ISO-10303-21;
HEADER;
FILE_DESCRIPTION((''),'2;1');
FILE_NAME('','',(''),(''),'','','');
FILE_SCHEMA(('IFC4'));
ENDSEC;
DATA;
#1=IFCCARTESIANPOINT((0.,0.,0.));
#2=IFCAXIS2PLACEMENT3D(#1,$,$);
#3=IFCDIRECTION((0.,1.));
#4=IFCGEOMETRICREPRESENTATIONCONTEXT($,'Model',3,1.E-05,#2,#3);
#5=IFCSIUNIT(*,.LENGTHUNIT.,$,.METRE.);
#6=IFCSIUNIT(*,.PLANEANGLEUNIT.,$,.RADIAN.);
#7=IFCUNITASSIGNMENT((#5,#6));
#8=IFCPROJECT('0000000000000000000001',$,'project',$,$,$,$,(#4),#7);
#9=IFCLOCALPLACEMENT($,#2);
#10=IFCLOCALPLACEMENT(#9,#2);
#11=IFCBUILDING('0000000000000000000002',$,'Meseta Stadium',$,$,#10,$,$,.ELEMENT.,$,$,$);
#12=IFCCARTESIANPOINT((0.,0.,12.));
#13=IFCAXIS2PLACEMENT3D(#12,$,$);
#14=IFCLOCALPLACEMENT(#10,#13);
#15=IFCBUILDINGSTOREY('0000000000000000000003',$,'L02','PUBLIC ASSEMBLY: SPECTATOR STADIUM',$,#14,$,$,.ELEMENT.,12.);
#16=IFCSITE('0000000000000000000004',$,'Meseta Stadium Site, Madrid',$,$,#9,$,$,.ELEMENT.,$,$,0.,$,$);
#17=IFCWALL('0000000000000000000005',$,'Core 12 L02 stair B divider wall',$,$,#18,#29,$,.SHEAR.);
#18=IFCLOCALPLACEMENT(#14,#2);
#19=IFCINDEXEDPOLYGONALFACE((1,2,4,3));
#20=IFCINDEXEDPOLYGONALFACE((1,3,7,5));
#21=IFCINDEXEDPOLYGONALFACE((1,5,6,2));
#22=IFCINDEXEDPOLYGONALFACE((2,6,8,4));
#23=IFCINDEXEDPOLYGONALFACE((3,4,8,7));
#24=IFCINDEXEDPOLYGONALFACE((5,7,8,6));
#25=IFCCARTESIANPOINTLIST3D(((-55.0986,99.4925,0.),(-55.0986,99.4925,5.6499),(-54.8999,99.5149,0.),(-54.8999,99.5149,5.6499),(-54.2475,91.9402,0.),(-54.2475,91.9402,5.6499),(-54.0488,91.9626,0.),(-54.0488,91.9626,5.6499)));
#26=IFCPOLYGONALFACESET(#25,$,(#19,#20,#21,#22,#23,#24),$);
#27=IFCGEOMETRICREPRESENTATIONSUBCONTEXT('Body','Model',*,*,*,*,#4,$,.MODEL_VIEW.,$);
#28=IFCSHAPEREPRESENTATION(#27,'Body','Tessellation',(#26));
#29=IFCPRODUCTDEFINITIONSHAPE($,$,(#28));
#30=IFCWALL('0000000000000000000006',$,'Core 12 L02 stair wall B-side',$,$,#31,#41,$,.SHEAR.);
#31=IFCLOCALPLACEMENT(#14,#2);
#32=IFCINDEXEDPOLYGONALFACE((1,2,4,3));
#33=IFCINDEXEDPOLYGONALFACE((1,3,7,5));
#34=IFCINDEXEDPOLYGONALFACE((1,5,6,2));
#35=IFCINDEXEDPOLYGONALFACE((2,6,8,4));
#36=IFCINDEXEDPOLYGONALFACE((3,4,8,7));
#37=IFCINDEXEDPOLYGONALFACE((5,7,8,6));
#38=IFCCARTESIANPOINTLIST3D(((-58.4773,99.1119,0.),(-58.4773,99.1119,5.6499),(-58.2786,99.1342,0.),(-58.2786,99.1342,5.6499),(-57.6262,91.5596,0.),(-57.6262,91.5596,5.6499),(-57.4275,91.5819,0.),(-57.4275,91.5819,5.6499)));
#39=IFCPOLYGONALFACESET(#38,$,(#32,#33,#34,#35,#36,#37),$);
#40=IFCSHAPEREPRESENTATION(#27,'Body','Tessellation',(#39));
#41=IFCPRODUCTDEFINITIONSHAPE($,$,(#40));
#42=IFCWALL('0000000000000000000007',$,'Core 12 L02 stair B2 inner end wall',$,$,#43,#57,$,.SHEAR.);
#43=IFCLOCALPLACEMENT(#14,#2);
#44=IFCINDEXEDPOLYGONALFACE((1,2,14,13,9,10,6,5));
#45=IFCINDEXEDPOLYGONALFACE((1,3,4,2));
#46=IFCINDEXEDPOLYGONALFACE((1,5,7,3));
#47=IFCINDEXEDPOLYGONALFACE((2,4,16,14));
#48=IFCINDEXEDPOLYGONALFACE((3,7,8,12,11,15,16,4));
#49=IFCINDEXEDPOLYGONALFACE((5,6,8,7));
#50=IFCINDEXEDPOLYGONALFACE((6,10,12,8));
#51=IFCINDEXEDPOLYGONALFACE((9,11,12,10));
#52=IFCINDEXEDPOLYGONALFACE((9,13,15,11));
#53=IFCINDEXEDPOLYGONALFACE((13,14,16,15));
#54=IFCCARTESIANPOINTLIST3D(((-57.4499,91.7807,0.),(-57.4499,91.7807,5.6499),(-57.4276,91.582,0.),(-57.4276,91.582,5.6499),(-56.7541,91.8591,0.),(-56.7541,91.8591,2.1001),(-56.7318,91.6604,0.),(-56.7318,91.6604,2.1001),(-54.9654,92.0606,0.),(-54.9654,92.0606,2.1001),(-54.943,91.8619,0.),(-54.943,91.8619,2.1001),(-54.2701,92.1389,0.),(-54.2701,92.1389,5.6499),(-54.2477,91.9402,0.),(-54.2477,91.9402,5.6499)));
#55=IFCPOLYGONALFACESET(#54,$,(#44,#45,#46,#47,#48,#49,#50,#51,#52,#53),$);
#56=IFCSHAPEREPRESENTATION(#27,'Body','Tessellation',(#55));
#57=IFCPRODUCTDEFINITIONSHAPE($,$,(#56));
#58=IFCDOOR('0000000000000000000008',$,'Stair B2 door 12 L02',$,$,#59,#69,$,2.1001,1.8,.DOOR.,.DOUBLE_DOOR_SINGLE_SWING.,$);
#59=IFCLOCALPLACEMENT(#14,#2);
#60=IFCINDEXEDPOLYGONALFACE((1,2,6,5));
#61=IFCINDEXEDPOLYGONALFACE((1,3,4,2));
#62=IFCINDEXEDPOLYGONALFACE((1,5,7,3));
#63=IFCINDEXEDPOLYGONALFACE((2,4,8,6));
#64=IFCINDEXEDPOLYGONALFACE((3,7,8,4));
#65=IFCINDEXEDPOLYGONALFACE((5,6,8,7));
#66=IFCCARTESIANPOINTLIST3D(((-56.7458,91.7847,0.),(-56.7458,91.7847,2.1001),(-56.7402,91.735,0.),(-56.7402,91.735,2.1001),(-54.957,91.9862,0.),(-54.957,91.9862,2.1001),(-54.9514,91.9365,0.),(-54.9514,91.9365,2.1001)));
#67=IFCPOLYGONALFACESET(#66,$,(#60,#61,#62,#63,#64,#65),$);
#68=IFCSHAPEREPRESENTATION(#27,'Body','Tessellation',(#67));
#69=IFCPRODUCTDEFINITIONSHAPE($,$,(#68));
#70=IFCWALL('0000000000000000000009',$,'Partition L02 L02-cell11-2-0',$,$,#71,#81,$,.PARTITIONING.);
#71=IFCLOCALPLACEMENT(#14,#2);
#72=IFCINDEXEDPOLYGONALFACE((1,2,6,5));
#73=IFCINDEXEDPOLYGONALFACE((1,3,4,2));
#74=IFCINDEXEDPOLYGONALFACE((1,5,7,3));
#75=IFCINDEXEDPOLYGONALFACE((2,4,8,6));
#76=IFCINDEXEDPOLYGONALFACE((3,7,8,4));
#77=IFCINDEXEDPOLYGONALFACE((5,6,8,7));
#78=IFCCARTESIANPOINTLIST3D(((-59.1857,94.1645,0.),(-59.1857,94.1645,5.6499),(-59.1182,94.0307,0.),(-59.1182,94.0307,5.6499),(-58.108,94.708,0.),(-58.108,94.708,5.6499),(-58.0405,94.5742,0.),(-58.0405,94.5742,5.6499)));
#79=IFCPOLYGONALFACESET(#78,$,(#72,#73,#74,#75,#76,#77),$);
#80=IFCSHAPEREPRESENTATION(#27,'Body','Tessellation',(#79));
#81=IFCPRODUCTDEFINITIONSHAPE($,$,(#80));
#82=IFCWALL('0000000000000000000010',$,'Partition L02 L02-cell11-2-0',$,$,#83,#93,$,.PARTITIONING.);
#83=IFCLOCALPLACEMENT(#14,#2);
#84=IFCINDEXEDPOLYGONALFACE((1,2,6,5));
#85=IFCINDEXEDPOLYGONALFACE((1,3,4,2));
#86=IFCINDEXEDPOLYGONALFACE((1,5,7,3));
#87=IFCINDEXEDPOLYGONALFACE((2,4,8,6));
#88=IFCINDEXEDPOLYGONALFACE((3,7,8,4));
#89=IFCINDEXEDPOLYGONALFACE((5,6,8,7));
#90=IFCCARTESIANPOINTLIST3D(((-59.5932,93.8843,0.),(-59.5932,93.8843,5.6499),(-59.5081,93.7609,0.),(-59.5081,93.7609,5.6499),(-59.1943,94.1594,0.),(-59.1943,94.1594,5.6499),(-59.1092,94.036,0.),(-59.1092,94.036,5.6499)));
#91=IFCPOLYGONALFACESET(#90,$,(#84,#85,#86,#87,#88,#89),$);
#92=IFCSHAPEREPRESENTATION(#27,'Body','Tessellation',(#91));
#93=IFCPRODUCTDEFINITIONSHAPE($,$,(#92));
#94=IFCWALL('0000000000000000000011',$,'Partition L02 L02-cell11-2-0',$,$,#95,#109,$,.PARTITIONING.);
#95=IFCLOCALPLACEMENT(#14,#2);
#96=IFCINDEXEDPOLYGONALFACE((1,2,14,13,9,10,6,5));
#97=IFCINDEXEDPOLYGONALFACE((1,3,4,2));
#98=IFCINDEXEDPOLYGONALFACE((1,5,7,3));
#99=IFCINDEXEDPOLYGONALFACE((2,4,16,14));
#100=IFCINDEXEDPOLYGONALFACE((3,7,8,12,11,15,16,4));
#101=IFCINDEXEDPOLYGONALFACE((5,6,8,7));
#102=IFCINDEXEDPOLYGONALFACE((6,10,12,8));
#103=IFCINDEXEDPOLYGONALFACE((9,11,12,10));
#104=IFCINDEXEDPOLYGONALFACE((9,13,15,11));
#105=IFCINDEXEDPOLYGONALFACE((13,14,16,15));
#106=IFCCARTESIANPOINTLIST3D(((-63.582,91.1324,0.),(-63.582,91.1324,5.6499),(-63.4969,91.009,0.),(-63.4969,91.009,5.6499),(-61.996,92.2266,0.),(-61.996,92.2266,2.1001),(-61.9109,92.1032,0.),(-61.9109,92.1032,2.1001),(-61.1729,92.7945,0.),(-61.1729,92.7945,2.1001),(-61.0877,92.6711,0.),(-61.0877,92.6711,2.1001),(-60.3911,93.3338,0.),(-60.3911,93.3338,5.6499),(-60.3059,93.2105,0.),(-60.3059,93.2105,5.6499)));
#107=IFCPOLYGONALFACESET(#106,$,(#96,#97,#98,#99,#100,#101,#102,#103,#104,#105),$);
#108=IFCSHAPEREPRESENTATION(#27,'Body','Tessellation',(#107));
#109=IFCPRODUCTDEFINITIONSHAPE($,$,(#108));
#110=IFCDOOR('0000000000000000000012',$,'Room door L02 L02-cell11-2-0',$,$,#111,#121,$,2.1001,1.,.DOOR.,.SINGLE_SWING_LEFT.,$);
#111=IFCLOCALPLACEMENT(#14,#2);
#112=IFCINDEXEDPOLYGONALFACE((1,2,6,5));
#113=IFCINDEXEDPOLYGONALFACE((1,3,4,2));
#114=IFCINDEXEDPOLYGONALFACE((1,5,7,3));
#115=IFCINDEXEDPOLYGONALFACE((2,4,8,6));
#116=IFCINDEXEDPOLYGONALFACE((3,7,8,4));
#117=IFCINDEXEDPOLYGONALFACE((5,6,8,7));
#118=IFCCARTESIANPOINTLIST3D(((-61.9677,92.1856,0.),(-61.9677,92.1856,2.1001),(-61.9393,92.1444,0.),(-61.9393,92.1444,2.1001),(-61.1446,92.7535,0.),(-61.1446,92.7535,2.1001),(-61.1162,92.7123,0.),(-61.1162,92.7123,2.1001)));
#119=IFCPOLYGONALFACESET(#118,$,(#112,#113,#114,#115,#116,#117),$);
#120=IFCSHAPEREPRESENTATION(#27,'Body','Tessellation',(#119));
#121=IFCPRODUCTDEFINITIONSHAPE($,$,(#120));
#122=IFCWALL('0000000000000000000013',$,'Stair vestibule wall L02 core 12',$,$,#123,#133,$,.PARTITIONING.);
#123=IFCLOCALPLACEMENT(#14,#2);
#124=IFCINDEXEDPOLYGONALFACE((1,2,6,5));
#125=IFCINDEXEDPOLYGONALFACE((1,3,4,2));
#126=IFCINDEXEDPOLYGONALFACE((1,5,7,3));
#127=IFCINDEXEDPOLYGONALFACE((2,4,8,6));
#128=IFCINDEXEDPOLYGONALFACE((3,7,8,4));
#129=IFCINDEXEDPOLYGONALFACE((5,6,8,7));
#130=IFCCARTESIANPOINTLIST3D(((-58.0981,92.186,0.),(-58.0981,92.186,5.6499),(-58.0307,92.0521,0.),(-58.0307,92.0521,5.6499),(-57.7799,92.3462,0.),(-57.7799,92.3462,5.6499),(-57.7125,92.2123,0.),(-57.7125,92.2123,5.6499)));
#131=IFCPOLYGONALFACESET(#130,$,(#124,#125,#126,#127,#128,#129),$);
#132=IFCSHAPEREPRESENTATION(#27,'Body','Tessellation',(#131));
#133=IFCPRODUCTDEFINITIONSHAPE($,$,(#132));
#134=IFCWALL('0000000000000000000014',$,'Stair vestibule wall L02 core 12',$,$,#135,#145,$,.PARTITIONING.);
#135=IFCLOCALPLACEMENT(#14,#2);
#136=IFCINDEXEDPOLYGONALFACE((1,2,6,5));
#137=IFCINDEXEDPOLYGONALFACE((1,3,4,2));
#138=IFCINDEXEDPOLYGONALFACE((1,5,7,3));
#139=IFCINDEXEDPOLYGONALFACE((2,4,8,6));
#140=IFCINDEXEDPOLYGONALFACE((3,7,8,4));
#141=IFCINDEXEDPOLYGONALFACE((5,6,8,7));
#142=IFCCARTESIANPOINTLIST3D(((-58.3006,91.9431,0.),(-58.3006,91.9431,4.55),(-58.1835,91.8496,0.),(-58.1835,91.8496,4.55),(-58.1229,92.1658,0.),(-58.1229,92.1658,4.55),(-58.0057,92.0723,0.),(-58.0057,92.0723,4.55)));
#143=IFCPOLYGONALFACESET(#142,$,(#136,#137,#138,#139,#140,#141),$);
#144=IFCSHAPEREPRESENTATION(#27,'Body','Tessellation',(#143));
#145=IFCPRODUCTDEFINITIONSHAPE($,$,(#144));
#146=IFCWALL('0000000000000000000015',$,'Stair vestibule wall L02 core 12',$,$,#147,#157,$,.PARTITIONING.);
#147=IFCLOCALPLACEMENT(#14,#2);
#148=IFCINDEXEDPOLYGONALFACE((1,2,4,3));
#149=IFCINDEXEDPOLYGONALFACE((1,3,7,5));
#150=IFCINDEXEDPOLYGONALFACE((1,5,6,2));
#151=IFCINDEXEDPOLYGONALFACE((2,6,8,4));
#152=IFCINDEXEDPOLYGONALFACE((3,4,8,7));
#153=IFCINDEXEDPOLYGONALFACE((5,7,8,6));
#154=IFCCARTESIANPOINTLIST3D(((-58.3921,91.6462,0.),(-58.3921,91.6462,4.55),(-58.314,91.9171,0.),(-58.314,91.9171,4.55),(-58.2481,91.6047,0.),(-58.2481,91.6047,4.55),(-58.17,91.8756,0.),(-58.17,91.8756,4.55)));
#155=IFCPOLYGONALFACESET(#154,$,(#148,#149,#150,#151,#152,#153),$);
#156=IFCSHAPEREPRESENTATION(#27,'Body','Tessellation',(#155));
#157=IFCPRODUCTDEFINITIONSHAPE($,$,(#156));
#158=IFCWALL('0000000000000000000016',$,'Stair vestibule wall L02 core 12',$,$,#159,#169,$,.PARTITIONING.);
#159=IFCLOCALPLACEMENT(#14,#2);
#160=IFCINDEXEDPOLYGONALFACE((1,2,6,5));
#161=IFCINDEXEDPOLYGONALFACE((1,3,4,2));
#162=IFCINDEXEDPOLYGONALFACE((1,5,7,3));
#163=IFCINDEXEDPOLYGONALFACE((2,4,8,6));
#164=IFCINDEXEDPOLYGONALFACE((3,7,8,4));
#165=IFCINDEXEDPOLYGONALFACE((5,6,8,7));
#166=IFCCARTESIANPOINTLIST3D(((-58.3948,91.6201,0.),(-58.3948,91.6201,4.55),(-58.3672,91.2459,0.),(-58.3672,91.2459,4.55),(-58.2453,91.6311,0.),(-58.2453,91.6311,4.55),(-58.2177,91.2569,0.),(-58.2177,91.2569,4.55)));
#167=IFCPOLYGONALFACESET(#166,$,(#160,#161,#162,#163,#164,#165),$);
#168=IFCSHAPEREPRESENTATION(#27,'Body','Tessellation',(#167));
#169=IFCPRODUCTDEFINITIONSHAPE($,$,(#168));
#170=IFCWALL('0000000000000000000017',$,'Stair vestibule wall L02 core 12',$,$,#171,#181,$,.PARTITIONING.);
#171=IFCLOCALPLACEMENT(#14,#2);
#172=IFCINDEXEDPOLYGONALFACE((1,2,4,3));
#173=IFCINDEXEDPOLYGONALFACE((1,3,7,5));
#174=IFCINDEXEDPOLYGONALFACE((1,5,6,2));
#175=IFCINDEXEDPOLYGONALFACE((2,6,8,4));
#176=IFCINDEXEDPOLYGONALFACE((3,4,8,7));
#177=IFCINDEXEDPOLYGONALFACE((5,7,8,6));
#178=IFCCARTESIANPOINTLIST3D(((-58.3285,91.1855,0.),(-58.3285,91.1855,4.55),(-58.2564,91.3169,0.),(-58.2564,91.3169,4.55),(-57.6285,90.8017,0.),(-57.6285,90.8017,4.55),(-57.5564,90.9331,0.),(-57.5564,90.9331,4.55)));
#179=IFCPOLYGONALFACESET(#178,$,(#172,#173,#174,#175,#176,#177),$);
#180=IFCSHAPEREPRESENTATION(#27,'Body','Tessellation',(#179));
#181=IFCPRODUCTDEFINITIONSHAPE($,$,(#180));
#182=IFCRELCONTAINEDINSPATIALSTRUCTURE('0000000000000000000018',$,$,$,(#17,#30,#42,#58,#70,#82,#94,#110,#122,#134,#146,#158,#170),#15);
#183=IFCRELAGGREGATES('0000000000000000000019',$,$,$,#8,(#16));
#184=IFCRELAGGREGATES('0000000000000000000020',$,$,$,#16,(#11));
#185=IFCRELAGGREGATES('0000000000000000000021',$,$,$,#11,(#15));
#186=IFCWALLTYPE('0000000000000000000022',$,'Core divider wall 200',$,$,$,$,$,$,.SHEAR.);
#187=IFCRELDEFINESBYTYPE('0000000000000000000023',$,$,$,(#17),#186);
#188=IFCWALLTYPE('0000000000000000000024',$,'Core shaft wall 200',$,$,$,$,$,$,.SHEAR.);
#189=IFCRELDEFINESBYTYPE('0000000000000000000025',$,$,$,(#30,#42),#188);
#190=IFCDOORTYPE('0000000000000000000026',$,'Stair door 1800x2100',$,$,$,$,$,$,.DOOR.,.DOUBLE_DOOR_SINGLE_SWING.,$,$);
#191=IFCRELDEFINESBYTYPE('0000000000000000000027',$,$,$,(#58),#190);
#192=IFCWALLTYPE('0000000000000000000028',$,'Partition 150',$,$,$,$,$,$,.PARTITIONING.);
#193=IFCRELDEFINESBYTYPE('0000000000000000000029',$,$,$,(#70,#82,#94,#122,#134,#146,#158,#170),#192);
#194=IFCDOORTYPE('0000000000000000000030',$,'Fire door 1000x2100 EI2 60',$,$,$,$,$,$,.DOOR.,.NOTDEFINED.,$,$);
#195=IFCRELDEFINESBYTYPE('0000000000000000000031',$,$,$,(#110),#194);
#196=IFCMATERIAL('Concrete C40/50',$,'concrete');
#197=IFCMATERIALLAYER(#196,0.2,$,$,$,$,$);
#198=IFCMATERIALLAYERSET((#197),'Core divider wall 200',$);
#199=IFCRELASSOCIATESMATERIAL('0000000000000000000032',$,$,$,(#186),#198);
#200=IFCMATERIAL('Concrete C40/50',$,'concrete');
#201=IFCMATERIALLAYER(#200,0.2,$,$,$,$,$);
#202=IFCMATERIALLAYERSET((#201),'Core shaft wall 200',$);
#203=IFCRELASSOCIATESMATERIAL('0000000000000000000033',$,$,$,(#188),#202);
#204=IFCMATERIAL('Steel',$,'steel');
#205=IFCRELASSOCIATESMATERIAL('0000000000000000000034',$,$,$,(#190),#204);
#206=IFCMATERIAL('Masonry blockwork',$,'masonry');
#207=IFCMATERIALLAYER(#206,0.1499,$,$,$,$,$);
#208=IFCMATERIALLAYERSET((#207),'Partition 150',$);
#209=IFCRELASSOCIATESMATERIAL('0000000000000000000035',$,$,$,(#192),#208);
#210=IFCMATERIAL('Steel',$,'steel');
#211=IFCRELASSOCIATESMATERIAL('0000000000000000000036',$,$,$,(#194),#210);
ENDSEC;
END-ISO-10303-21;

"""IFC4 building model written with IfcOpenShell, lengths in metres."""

from ifc_helpers import new_model, si_unit, direction, frame, frame_2d, origin, place, context, subcontext, project, spatial, rectangle, extrude, material, layer, layer_set, type_object, element, fill, save


model = new_model("IFC4")

# Units and contexts
model_context = context("Model", 3, precision=1e-05, world=origin(), true_north=direction((0.0, 1.0)))
body_context = subcontext(model_context, "Body", "Model", "MODEL_VIEW")
ifc_project = project(units=[si_unit("LENGTHUNIT", "METRE"), si_unit("PLANEANGLEUNIT", "RADIAN")], contexts=[model_context])

# Site, building, storey
site_placement = place(None, origin())
site = spatial("IfcSite", under=ifc_project, at=site_placement, Name="Meseta Stadium Site, Madrid", CompositionType="ELEMENT", RefElevation=0.0)
building_placement = place(site_placement, origin())
building = spatial("IfcBuilding", under=site, at=building_placement, Name="Meseta Stadium", CompositionType="ELEMENT")
storey_placement = place(building_placement, frame((0.0, 0.0, 12.0)))
storey = spatial("IfcBuildingStorey", under=building, at=storey_placement, Name="L02", Description="PUBLIC ASSEMBLY: SPECTATOR STADIUM", CompositionType="ELEMENT", Elevation=12.0)

# Walls
ifc_material_1 = material(Name="Concrete C40/50", Category="concrete")
ifc_layer_1 = layer(ifc_material_1, 0.2)
ifc_layer_set_1 = layer_set([ifc_layer_1], Name="Core divider wall 200")
wall_type_1 = type_object("IfcWallType", Name="Core divider wall 200", PredefinedType="SHEAR", material=ifc_layer_set_1)
wall_1_placement = place(storey_placement, frame((-54.9993, 99.5037, 0.0), z_axis=(0.0, 0.0, 1.0), x_axis=(0.111983, -0.99371, 0.0)))
element("IfcWall", 1, at=wall_1_placement, inside=storey, type_object=wall_type_1, Name="Core 12 L02 stair B divider wall", PredefinedType="SHEAR", context=body_context, shape_type="SweptSolid", body=[
    extrude(rectangle(XDim=7.6001, YDim=0.2, at=frame_2d((3.8, 0.0))), origin(), (0.0, 0.0, 1.0), 5.6499),
])
ifc_material_2 = material(Name="Concrete C40/50", Category="concrete")
ifc_layer_2 = layer(ifc_material_2, 0.2)
ifc_layer_set_2 = layer_set([ifc_layer_2], Name="Core shaft wall 200")
wall_type_2 = type_object("IfcWallType", Name="Core shaft wall 200", PredefinedType="SHEAR", material=ifc_layer_set_2)
wall_2_placement = place(storey_placement, frame((-58.3779, 99.123, 0.0), z_axis=(0.0, 0.0, 1.0), x_axis=(0.111983, -0.99371, 0.0)))
element("IfcWall", 2, at=wall_2_placement, inside=storey, type_object=wall_type_2, Name="Core 12 L02 stair wall B-side", PredefinedType="SHEAR", context=body_context, shape_type="SweptSolid", body=[
    extrude(rectangle(XDim=7.6001, YDim=0.2, at=frame_2d((3.8, 0.0))), origin(), (0.0, 0.0, 1.0), 5.6499),
])

# Wall, opening, door
wall_3_placement = place(storey_placement, frame((-54.2588, 92.0396, 0.0), z_axis=(0.0, 0.0, 1.0), x_axis=(-0.993717, -0.111922, 0.0)))
wall_3 = element("IfcWall", 3, at=wall_3_placement, inside=storey, type_object=wall_type_2, Name="Core 12 L02 stair B2 inner end wall", PredefinedType="SHEAR", context=body_context, shape_type="SweptSolid", body=[
    extrude(rectangle(XDim=3.2, YDim=0.2, at=frame_2d((1.6001, 0.0))), origin(), (0.0, 0.0, 1.0), 5.6499),
])
opening_1_placement = place(wall_3_placement, frame((0.7, 0.0, 0.0)))
opening_1 = element("IfcOpeningElement", 4, at=opening_1_placement, cuts=wall_3, PredefinedType="OPENING", context=body_context, shape_type="SweptSolid", body=[
    extrude(rectangle(XDim=1.8, YDim=2.1001, at=frame_2d((0.8999, 1.05))), frame((0.0, 0.1099, 0.0), z_axis=(0.0, -1.0, 0.0), x_axis=(1.0, 0.0, 0.0)), (0.0, 0.0, 1.0), 0.22),
])
ifc_material_3 = material(Name="Steel", Category="steel")
door_type_1 = type_object("IfcDoorType", Name="Stair door 1800x2100", OperationType="DOUBLE_DOOR_SINGLE_SWING", PredefinedType="DOOR", material=ifc_material_3)
door_1_placement = place(opening_1_placement, origin())
door_1 = element("IfcDoor", 5, at=door_1_placement, inside=storey, type_object=door_type_1, Name="Stair B2 door 12 L02", OperationType="DOUBLE_DOOR_SINGLE_SWING", OverallHeight=2.1001, OverallWidth=1.8, PredefinedType="DOOR", context=body_context, shape_type="SweptSolid", body=[
    extrude(rectangle(XDim=1.8, YDim=2.1001, at=frame_2d((0.8999, 1.05))), frame((0.0, 0.0249, 0.0), z_axis=(0.0, -1.0, 0.0), x_axis=(1.0, 0.0, 0.0)), (0.0, 0.0, 1.0), 0.05),
])
fill(opening_1, door_1)

# Walls
ifc_material_4 = material(Name="Masonry blockwork", Category="masonry")
ifc_layer_3 = layer(ifc_material_4, 0.1499)
ifc_layer_set_3 = layer_set([ifc_layer_3], Name="Partition 150")
wall_type_3 = type_object("IfcWallType", Name="Partition 150", PredefinedType="PARTITIONING", material=ifc_layer_set_3)
wall_4_placement = place(storey_placement, frame((-58.0742, 94.6411, 0.0), z_axis=(0.0, 0.0, 1.0), x_axis=(-0.892885, -0.450286, 0.0)))
element("IfcWall", 6, at=wall_4_placement, inside=storey, type_object=wall_type_3, Name="Partition L02 L02-cell11-2-0", PredefinedType="PARTITIONING", context=body_context, shape_type="SweptSolid", body=[
    extrude(rectangle(XDim=1.207, YDim=0.1499, at=frame_2d((0.6035, 0.0))), origin(), (0.0, 0.0, 1.0), 5.6499),
])
wall_5_placement = place(storey_placement, frame((-59.1519, 94.0977, 0.0), z_axis=(0.0, 0.0, 1.0), x_axis=(-0.823188, -0.567768, 0.0)))
element("IfcWall", 7, at=wall_5_placement, inside=storey, type_object=wall_type_3, Name="Partition L02 L02-cell11-2-0", PredefinedType="PARTITIONING", context=body_context, shape_type="SweptSolid", body=[
    extrude(rectangle(XDim=0.4846, YDim=0.1499, at=frame_2d((0.2422, 0.0))), origin(), (0.0, 0.0, 1.0), 5.6499),
])

# Wall, opening, door
wall_6_placement = place(storey_placement, frame((-60.3484, 93.2722, 0.0), z_axis=(0.0, 0.0, 1.0), x_axis=(-0.823118, -0.56787, 0.0)))
wall_6 = element("IfcWall", 8, at=wall_6_placement, inside=storey, type_object=wall_type_3, Name="Partition L02 L02-cell11-2-0", PredefinedType="PARTITIONING", context=body_context, shape_type="SweptSolid", body=[
    extrude(rectangle(XDim=3.8767, YDim=0.1499, at=frame_2d((1.9385, 0.0))), origin(), (0.0, 0.0, 1.0), 5.6499),
])
opening_2_placement = place(wall_6_placement, frame((0.95, 0.0, 0.0)))
opening_2 = element("IfcOpeningElement", 9, at=opening_2_placement, cuts=wall_6, PredefinedType="OPENING", context=body_context, shape_type="SweptSolid", body=[
    extrude(rectangle(XDim=1.0, YDim=2.1001, at=frame_2d((0.5, 1.05))), frame((0.0, 0.085, 0.0), z_axis=(0.0, -1.0, 0.0), x_axis=(1.0, 0.0, 0.0)), (0.0, 0.0, 1.0), 0.1699),
])
ifc_material_5 = material(Name="Steel", Category="steel")
door_type_2 = type_object("IfcDoorType", Name="Fire door 1000x2100 EI2 60", OperationType="NOTDEFINED", PredefinedType="DOOR", material=ifc_material_5)
door_2_placement = place(opening_2_placement, origin())
door_2 = element("IfcDoor", 10, at=door_2_placement, inside=storey, type_object=door_type_2, Name="Room door L02 L02-cell11-2-0", OperationType="SINGLE_SWING_LEFT", OverallHeight=2.1001, OverallWidth=1.0, PredefinedType="DOOR", context=body_context, shape_type="SweptSolid", body=[
    extrude(rectangle(XDim=1.0, YDim=2.1001, at=frame_2d((0.5, 1.05))), frame((0.0, 0.0249, 0.0), z_axis=(0.0, -1.0, 0.0), x_axis=(1.0, 0.0, 0.0)), (0.0, 0.0, 1.0), 0.05),
])
fill(opening_2, door_2)

# Walls
wall_7_placement = place(storey_placement, frame((-57.7461, 92.2793, 0.0), z_axis=(0.0, 0.0, 1.0), x_axis=(-0.89319, -0.44968, 0.0)))
element("IfcWall", 11, at=wall_7_placement, inside=storey, type_object=wall_type_3, Name="Stair vestibule wall L02 core 12", PredefinedType="PARTITIONING", context=body_context, shape_type="SweptSolid", body=[
    extrude(rectangle(XDim=0.3562, YDim=0.1499, at=frame_2d((0.1782, 0.0))), origin(), (0.0, 0.0, 1.0), 5.6499),
])
wall_8_placement = place(storey_placement, frame((-58.0642, 92.1191, 0.0), z_axis=(0.0, 0.0, 1.0), x_axis=(-0.623859, -0.781537, 0.0)))
element("IfcWall", 12, at=wall_8_placement, inside=storey, type_object=wall_type_3, Name="Stair vestibule wall L02 core 12", PredefinedType="PARTITIONING", context=body_context, shape_type="SweptSolid", body=[
    extrude(rectangle(XDim=0.2849, YDim=0.1499, at=frame_2d((0.1426, 0.0))), origin(), (0.0, 0.0, 1.0), 4.55),
])
wall_9_placement = place(storey_placement, frame((-58.2419, 91.8965, 0.0), z_axis=(0.0, 0.0, 1.0), x_axis=(-0.277007, -0.960868, 0.0)))
element("IfcWall", 13, at=wall_9_placement, inside=storey, type_object=wall_type_3, Name="Stair vestibule wall L02 core 12", PredefinedType="PARTITIONING", context=body_context, shape_type="SweptSolid", body=[
    extrude(rectangle(XDim=0.282, YDim=0.1499, at=frame_2d((0.1411, 0.0))), origin(), (0.0, 0.0, 1.0), 4.55),
])
wall_10_placement = place(storey_placement, frame((-58.3201, 91.6255, 0.0), z_axis=(0.0, 0.0, 1.0), x_axis=(0.073512, -0.997294, 0.0)))
element("IfcWall", 14, at=wall_10_placement, inside=storey, type_object=wall_type_3, Name="Stair vestibule wall L02 core 12", PredefinedType="PARTITIONING", context=body_context, shape_type="SweptSolid", body=[
    extrude(rectangle(XDim=0.3752, YDim=0.1499, at=frame_2d((0.1875, 0.0))), origin(), (0.0, 0.0, 1.0), 4.55),
])
wall_11_placement = place(storey_placement, frame((-58.2925, 91.2512, 0.0), z_axis=(0.0, 0.0, 1.0), x_axis=(0.876842, -0.48078, 0.0)))
element("IfcWall", 15, at=wall_11_placement, inside=storey, type_object=wall_type_3, Name="Stair vestibule wall L02 core 12", PredefinedType="PARTITIONING", context=body_context, shape_type="SweptSolid", body=[
    extrude(rectangle(XDim=0.7983, YDim=0.1499, at=frame_2d((0.3992, 0.0))), origin(), (0.0, 0.0, 1.0), 4.55),
])

save(model, "model.ifc")
